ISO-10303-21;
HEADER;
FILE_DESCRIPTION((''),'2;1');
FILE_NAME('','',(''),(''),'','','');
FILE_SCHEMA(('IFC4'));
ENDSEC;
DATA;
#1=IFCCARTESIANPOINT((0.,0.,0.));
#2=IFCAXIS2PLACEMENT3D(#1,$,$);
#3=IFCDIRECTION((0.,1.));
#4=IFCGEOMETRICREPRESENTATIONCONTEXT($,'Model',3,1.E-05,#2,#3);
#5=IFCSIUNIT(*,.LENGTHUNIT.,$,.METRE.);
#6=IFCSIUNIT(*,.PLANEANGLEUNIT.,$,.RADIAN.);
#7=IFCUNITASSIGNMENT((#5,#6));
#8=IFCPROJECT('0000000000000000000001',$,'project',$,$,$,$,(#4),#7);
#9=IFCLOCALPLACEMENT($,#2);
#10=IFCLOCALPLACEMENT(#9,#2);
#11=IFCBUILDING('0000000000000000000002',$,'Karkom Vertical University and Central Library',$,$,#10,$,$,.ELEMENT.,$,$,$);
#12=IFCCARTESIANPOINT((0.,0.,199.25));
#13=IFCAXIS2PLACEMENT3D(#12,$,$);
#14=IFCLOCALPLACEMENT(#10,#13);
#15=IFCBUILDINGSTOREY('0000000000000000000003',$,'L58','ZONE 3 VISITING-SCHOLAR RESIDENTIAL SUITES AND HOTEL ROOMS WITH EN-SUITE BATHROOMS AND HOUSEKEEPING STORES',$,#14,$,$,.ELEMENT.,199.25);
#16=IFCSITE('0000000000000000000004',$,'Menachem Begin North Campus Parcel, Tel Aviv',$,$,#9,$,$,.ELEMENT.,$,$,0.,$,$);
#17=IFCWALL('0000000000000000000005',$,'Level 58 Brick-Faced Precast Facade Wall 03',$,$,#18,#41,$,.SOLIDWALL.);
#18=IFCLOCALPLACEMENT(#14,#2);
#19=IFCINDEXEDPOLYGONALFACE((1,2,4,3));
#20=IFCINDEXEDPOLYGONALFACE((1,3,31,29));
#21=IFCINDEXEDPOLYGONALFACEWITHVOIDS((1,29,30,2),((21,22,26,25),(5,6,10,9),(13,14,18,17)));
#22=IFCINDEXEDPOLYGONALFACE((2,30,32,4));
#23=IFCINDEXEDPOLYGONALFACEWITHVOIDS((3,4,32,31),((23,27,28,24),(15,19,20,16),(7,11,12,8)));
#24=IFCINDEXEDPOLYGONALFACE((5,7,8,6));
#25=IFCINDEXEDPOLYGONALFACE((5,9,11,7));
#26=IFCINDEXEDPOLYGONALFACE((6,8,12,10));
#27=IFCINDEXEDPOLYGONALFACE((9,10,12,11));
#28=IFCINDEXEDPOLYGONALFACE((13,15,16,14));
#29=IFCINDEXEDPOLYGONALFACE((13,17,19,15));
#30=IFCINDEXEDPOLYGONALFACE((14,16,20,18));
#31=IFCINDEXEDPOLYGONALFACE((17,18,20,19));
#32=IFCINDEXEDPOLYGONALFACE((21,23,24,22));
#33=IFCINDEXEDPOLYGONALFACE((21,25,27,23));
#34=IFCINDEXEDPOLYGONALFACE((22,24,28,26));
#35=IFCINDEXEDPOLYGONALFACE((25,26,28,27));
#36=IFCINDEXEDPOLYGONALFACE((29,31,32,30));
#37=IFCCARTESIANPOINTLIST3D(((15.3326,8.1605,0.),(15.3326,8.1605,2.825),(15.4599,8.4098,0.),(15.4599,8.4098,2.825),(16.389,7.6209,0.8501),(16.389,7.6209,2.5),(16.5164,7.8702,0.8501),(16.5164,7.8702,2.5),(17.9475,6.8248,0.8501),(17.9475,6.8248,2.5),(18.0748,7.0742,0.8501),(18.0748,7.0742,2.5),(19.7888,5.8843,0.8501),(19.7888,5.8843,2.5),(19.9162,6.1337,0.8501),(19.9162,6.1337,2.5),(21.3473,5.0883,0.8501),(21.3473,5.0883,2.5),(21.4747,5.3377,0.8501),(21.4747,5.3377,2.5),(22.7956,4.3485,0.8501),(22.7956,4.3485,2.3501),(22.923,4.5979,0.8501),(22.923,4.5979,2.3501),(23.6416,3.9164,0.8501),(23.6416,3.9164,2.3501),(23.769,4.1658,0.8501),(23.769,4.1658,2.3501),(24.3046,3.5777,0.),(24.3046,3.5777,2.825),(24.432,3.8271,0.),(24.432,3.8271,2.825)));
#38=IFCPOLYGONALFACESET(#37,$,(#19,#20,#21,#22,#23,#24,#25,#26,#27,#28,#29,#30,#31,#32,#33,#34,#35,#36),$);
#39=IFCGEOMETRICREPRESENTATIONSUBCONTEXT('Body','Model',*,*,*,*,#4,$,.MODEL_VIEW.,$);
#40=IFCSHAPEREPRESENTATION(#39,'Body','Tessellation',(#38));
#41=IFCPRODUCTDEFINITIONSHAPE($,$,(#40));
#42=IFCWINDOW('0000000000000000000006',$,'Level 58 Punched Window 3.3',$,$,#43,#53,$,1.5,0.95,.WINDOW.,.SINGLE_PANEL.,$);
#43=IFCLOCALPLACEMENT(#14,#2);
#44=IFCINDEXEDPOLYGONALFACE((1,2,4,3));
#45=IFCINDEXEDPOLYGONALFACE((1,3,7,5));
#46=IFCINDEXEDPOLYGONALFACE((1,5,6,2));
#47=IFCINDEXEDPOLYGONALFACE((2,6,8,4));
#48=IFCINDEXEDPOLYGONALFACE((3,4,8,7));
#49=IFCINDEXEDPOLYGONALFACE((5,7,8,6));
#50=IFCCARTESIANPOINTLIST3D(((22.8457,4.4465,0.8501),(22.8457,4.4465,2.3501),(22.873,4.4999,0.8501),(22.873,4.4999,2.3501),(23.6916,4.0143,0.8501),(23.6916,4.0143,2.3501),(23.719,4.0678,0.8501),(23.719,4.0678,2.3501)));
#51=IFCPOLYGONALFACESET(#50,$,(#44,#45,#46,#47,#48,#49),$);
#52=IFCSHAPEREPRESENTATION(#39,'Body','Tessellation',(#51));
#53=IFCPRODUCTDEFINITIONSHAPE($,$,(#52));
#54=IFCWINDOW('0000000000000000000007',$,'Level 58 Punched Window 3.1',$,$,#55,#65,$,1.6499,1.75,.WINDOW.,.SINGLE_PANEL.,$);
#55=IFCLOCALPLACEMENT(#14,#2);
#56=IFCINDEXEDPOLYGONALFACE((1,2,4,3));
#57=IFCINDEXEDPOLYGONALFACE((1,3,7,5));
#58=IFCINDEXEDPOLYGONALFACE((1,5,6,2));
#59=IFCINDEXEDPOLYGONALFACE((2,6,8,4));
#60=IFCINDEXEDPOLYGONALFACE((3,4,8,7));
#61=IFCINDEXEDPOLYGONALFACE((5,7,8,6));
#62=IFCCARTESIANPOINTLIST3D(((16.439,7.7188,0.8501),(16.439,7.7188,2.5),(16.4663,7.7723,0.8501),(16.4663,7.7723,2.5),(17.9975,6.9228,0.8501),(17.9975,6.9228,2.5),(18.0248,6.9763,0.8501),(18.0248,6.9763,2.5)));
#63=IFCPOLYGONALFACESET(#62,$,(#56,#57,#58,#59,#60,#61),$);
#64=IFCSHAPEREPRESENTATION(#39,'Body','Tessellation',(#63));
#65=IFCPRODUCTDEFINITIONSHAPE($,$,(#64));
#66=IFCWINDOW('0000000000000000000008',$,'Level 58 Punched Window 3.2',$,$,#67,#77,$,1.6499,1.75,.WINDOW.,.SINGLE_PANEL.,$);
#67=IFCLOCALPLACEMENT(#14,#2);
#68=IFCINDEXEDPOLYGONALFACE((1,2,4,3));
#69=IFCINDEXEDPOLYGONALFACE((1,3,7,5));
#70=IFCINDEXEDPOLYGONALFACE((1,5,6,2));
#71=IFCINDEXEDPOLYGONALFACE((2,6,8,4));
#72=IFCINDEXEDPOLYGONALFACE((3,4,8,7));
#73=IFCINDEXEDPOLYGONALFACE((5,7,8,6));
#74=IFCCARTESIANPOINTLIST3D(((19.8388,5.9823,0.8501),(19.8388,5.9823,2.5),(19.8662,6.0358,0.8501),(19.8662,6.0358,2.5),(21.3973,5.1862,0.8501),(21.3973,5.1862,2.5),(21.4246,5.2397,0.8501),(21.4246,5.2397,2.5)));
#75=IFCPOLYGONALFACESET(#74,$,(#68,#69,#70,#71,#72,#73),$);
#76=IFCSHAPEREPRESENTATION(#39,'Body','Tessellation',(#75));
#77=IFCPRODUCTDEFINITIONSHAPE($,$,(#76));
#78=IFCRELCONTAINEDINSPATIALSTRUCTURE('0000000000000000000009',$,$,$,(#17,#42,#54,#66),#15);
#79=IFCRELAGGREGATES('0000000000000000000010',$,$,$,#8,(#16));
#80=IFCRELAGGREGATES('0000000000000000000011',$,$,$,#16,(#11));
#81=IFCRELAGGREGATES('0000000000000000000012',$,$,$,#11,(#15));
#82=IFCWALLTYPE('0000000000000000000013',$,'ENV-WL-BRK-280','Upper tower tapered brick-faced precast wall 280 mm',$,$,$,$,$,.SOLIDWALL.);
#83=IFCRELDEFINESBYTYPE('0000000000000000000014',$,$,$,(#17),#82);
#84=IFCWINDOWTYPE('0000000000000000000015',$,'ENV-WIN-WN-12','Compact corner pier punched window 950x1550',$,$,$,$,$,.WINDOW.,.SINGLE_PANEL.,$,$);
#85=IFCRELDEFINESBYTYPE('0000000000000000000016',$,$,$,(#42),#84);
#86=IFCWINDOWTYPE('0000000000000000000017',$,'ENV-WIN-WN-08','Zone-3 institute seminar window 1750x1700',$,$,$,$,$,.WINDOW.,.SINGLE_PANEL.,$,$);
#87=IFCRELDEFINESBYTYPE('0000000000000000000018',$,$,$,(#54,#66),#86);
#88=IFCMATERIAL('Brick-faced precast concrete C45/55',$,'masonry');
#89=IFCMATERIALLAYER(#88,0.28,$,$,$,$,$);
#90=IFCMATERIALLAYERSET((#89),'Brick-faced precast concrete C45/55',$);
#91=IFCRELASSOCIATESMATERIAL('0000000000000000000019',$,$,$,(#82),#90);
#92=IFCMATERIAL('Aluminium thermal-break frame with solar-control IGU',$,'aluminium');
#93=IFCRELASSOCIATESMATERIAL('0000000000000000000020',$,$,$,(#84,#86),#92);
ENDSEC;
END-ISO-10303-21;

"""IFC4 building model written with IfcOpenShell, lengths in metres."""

from ifc_helpers import new_model, si_unit, direction, frame, frame_2d, origin, origin_with_axes, place, context, subcontext, project, spatial, rectangle, extrude, source, transform, mapped, material, layer, layer_set, type_object, element, fill, save


model = new_model("IFC4")

# Units and contexts
model_context = context("Model", 3, precision=1e-05, world=origin(), true_north=direction((0.0, 1.0)))
body_context = subcontext(model_context, "Body", "Model", "MODEL_VIEW")
ifc_project = project(units=[si_unit("LENGTHUNIT", "METRE"), si_unit("PLANEANGLEUNIT", "RADIAN")], contexts=[model_context])

# Site, building, storey
site_placement = place(None, origin())
site = spatial("IfcSite", under=ifc_project, at=site_placement, Name="Menachem Begin North Campus Parcel, Tel Aviv", CompositionType="ELEMENT", RefElevation=0.0)
building_placement = place(site_placement, origin())
building = spatial("IfcBuilding", under=site, at=building_placement, Name="Karkom Vertical University and Central Library", CompositionType="ELEMENT")
storey_placement = place(building_placement, frame((0.0, 0.0, 199.25)))
storey = spatial("IfcBuildingStorey", under=building, at=storey_placement, Name="L58", Description="ZONE 3 VISITING-SCHOLAR RESIDENTIAL SUITES AND HOTEL ROOMS WITH EN-SUITE BATHROOMS AND HOUSEKEEPING STORES", CompositionType="ELEMENT", Elevation=199.25)

# Wall, openings, windows
ifc_material_1 = material(Name="Brick-faced precast concrete C45/55", Category="masonry")
ifc_layer_1 = layer(ifc_material_1, 0.28)
ifc_layer_set_1 = layer_set([ifc_layer_1], Name="Brick-faced precast concrete C45/55")
wall_type_1 = type_object("IfcWallType", Name="ENV-WL-BRK-280", Description="Upper tower tapered brick-faced precast wall 280 mm", PredefinedType="SOLIDWALL", material=ifc_layer_set_1)
wall_1_placement = place(storey_placement, frame((15.3962, 8.2852, 0.0), z_axis=(0.0, 0.0, 1.0), x_axis=(0.890556, -0.454874, 0.0)))
wall_1 = element("IfcWall", 1, at=wall_1_placement, inside=storey, type_object=wall_type_1, Name="Level 58 Brick-Faced Precast Facade Wall 03", PredefinedType="SOLIDWALL", context=body_context, shape_type="SweptSolid", body=[
    extrude(rectangle(XDim=10.0747, YDim=0.28, at=frame_2d((5.0374, 0.0))), origin(), (0.0, 0.0, 1.0), 2.825),
])
opening_1_placement = place(wall_1_placement, frame((1.1863, 0.0, 0.8501)))
opening_1 = element("IfcOpeningElement", 2, at=opening_1_placement, cuts=wall_1, PredefinedType="OPENING", context=body_context, shape_type="SweptSolid", body=[
    extrude(rectangle(XDim=1.75, YDim=1.6499, at=frame_2d((0.875, 0.825))), frame((0.0, 0.1499, 0.0), z_axis=(0.0, -1.0, 0.0), x_axis=(1.0, 0.0, 0.0)), (0.0, 0.0, 1.0), 0.3),
])
opening_2_placement = place(wall_1_placement, frame((5.0039, 0.0, 0.8501)))
opening_2 = element("IfcOpeningElement", 3, at=opening_2_placement, cuts=wall_1, PredefinedType="OPENING", context=body_context, shape_type="SweptSolid", body=[
    extrude(rectangle(XDim=1.75, YDim=1.6499, at=frame_2d((0.875, 0.825))), frame((0.0, 0.1499, 0.0), z_axis=(0.0, -1.0, 0.0), x_axis=(1.0, 0.0, 0.0)), (0.0, 0.0, 1.0), 0.3),
])
opening_3_placement = place(wall_1_placement, frame((8.3801, 0.0, 0.8501)))
opening_3 = element("IfcOpeningElement", 4, at=opening_3_placement, cuts=wall_1, PredefinedType="OPENING", context=body_context, shape_type="SweptSolid", body=[
    extrude(rectangle(XDim=0.95, YDim=1.5, at=frame_2d((0.4751, 0.75))), frame((0.0, 0.1499, 0.0), z_axis=(0.0, -1.0, 0.0), x_axis=(1.0, 0.0, 0.0)), (0.0, 0.0, 1.0), 0.3),
])
ifc_material_2 = material(Name="Aluminium thermal-break frame with solar-control IGU", Category="aluminium")
window_type_1 = type_object("IfcWindowType", Name="ENV-WIN-WN-12", Description="Compact corner pier punched window 950x1550", PartitioningType="SINGLE_PANEL", PredefinedType="WINDOW", material=ifc_material_2)
shared_shape_1 = source(origin_with_axes(), body_context, "Body", "SweptSolid", [
    extrude(rectangle(XDim=0.95, YDim=1.5, at=frame_2d((0.4751, 0.75))), frame((0.0, 0.03, 0.0), z_axis=(0.0, -1.0, 0.0), x_axis=(1.0, 0.0, 0.0)), (0.0, 0.0, 1.0), 0.0601),
])
window_1_placement = place(opening_3_placement, origin())
window_1 = element("IfcWindow", 5, at=window_1_placement, inside=storey, type_object=window_type_1, Name="Level 58 Punched Window 3.3", OverallHeight=1.5, OverallWidth=0.95, PartitioningType="SINGLE_PANEL", PredefinedType="WINDOW", context=body_context, shape_type="MappedRepresentation", body=[
    mapped(shared_shape_1, transform((0.0, 0.0, 0.0), scale=1.0)),
])
fill(opening_3, window_1)
window_type_2 = type_object("IfcWindowType", Name="ENV-WIN-WN-08", Description="Zone-3 institute seminar window 1750x1700", PartitioningType="SINGLE_PANEL", PredefinedType="WINDOW", material=ifc_material_2)
shared_shape_2 = source(origin_with_axes(), body_context, "Body", "SweptSolid", [
    extrude(rectangle(XDim=1.75, YDim=1.6499, at=frame_2d((0.875, 0.825))), frame((0.0, 0.03, 0.0), z_axis=(0.0, -1.0, 0.0), x_axis=(1.0, 0.0, 0.0)), (0.0, 0.0, 1.0), 0.0601),
])
window_2_placement = place(opening_1_placement, origin())
window_2 = element("IfcWindow", 6, at=window_2_placement, inside=storey, type_object=window_type_2, Name="Level 58 Punched Window 3.1", OverallHeight=1.6499, OverallWidth=1.75, PartitioningType="SINGLE_PANEL", PredefinedType="WINDOW", context=body_context, shape_type="MappedRepresentation", body=[
    mapped(shared_shape_2, transform((0.0, 0.0, 0.0), scale=1.0)),
])
fill(opening_1, window_2)
window_3_placement = place(opening_2_placement, origin())
window_3 = element("IfcWindow", 7, at=window_3_placement, inside=storey, type_object=window_type_2, Name="Level 58 Punched Window 3.2", OverallHeight=1.6499, OverallWidth=1.75, PartitioningType="SINGLE_PANEL", PredefinedType="WINDOW", context=body_context, shape_type="MappedRepresentation", body=[
    mapped(shared_shape_2, transform((0.0, 0.0, 0.0), scale=1.0)),
])
fill(opening_2, window_3)

save(model, "model.ifc")
